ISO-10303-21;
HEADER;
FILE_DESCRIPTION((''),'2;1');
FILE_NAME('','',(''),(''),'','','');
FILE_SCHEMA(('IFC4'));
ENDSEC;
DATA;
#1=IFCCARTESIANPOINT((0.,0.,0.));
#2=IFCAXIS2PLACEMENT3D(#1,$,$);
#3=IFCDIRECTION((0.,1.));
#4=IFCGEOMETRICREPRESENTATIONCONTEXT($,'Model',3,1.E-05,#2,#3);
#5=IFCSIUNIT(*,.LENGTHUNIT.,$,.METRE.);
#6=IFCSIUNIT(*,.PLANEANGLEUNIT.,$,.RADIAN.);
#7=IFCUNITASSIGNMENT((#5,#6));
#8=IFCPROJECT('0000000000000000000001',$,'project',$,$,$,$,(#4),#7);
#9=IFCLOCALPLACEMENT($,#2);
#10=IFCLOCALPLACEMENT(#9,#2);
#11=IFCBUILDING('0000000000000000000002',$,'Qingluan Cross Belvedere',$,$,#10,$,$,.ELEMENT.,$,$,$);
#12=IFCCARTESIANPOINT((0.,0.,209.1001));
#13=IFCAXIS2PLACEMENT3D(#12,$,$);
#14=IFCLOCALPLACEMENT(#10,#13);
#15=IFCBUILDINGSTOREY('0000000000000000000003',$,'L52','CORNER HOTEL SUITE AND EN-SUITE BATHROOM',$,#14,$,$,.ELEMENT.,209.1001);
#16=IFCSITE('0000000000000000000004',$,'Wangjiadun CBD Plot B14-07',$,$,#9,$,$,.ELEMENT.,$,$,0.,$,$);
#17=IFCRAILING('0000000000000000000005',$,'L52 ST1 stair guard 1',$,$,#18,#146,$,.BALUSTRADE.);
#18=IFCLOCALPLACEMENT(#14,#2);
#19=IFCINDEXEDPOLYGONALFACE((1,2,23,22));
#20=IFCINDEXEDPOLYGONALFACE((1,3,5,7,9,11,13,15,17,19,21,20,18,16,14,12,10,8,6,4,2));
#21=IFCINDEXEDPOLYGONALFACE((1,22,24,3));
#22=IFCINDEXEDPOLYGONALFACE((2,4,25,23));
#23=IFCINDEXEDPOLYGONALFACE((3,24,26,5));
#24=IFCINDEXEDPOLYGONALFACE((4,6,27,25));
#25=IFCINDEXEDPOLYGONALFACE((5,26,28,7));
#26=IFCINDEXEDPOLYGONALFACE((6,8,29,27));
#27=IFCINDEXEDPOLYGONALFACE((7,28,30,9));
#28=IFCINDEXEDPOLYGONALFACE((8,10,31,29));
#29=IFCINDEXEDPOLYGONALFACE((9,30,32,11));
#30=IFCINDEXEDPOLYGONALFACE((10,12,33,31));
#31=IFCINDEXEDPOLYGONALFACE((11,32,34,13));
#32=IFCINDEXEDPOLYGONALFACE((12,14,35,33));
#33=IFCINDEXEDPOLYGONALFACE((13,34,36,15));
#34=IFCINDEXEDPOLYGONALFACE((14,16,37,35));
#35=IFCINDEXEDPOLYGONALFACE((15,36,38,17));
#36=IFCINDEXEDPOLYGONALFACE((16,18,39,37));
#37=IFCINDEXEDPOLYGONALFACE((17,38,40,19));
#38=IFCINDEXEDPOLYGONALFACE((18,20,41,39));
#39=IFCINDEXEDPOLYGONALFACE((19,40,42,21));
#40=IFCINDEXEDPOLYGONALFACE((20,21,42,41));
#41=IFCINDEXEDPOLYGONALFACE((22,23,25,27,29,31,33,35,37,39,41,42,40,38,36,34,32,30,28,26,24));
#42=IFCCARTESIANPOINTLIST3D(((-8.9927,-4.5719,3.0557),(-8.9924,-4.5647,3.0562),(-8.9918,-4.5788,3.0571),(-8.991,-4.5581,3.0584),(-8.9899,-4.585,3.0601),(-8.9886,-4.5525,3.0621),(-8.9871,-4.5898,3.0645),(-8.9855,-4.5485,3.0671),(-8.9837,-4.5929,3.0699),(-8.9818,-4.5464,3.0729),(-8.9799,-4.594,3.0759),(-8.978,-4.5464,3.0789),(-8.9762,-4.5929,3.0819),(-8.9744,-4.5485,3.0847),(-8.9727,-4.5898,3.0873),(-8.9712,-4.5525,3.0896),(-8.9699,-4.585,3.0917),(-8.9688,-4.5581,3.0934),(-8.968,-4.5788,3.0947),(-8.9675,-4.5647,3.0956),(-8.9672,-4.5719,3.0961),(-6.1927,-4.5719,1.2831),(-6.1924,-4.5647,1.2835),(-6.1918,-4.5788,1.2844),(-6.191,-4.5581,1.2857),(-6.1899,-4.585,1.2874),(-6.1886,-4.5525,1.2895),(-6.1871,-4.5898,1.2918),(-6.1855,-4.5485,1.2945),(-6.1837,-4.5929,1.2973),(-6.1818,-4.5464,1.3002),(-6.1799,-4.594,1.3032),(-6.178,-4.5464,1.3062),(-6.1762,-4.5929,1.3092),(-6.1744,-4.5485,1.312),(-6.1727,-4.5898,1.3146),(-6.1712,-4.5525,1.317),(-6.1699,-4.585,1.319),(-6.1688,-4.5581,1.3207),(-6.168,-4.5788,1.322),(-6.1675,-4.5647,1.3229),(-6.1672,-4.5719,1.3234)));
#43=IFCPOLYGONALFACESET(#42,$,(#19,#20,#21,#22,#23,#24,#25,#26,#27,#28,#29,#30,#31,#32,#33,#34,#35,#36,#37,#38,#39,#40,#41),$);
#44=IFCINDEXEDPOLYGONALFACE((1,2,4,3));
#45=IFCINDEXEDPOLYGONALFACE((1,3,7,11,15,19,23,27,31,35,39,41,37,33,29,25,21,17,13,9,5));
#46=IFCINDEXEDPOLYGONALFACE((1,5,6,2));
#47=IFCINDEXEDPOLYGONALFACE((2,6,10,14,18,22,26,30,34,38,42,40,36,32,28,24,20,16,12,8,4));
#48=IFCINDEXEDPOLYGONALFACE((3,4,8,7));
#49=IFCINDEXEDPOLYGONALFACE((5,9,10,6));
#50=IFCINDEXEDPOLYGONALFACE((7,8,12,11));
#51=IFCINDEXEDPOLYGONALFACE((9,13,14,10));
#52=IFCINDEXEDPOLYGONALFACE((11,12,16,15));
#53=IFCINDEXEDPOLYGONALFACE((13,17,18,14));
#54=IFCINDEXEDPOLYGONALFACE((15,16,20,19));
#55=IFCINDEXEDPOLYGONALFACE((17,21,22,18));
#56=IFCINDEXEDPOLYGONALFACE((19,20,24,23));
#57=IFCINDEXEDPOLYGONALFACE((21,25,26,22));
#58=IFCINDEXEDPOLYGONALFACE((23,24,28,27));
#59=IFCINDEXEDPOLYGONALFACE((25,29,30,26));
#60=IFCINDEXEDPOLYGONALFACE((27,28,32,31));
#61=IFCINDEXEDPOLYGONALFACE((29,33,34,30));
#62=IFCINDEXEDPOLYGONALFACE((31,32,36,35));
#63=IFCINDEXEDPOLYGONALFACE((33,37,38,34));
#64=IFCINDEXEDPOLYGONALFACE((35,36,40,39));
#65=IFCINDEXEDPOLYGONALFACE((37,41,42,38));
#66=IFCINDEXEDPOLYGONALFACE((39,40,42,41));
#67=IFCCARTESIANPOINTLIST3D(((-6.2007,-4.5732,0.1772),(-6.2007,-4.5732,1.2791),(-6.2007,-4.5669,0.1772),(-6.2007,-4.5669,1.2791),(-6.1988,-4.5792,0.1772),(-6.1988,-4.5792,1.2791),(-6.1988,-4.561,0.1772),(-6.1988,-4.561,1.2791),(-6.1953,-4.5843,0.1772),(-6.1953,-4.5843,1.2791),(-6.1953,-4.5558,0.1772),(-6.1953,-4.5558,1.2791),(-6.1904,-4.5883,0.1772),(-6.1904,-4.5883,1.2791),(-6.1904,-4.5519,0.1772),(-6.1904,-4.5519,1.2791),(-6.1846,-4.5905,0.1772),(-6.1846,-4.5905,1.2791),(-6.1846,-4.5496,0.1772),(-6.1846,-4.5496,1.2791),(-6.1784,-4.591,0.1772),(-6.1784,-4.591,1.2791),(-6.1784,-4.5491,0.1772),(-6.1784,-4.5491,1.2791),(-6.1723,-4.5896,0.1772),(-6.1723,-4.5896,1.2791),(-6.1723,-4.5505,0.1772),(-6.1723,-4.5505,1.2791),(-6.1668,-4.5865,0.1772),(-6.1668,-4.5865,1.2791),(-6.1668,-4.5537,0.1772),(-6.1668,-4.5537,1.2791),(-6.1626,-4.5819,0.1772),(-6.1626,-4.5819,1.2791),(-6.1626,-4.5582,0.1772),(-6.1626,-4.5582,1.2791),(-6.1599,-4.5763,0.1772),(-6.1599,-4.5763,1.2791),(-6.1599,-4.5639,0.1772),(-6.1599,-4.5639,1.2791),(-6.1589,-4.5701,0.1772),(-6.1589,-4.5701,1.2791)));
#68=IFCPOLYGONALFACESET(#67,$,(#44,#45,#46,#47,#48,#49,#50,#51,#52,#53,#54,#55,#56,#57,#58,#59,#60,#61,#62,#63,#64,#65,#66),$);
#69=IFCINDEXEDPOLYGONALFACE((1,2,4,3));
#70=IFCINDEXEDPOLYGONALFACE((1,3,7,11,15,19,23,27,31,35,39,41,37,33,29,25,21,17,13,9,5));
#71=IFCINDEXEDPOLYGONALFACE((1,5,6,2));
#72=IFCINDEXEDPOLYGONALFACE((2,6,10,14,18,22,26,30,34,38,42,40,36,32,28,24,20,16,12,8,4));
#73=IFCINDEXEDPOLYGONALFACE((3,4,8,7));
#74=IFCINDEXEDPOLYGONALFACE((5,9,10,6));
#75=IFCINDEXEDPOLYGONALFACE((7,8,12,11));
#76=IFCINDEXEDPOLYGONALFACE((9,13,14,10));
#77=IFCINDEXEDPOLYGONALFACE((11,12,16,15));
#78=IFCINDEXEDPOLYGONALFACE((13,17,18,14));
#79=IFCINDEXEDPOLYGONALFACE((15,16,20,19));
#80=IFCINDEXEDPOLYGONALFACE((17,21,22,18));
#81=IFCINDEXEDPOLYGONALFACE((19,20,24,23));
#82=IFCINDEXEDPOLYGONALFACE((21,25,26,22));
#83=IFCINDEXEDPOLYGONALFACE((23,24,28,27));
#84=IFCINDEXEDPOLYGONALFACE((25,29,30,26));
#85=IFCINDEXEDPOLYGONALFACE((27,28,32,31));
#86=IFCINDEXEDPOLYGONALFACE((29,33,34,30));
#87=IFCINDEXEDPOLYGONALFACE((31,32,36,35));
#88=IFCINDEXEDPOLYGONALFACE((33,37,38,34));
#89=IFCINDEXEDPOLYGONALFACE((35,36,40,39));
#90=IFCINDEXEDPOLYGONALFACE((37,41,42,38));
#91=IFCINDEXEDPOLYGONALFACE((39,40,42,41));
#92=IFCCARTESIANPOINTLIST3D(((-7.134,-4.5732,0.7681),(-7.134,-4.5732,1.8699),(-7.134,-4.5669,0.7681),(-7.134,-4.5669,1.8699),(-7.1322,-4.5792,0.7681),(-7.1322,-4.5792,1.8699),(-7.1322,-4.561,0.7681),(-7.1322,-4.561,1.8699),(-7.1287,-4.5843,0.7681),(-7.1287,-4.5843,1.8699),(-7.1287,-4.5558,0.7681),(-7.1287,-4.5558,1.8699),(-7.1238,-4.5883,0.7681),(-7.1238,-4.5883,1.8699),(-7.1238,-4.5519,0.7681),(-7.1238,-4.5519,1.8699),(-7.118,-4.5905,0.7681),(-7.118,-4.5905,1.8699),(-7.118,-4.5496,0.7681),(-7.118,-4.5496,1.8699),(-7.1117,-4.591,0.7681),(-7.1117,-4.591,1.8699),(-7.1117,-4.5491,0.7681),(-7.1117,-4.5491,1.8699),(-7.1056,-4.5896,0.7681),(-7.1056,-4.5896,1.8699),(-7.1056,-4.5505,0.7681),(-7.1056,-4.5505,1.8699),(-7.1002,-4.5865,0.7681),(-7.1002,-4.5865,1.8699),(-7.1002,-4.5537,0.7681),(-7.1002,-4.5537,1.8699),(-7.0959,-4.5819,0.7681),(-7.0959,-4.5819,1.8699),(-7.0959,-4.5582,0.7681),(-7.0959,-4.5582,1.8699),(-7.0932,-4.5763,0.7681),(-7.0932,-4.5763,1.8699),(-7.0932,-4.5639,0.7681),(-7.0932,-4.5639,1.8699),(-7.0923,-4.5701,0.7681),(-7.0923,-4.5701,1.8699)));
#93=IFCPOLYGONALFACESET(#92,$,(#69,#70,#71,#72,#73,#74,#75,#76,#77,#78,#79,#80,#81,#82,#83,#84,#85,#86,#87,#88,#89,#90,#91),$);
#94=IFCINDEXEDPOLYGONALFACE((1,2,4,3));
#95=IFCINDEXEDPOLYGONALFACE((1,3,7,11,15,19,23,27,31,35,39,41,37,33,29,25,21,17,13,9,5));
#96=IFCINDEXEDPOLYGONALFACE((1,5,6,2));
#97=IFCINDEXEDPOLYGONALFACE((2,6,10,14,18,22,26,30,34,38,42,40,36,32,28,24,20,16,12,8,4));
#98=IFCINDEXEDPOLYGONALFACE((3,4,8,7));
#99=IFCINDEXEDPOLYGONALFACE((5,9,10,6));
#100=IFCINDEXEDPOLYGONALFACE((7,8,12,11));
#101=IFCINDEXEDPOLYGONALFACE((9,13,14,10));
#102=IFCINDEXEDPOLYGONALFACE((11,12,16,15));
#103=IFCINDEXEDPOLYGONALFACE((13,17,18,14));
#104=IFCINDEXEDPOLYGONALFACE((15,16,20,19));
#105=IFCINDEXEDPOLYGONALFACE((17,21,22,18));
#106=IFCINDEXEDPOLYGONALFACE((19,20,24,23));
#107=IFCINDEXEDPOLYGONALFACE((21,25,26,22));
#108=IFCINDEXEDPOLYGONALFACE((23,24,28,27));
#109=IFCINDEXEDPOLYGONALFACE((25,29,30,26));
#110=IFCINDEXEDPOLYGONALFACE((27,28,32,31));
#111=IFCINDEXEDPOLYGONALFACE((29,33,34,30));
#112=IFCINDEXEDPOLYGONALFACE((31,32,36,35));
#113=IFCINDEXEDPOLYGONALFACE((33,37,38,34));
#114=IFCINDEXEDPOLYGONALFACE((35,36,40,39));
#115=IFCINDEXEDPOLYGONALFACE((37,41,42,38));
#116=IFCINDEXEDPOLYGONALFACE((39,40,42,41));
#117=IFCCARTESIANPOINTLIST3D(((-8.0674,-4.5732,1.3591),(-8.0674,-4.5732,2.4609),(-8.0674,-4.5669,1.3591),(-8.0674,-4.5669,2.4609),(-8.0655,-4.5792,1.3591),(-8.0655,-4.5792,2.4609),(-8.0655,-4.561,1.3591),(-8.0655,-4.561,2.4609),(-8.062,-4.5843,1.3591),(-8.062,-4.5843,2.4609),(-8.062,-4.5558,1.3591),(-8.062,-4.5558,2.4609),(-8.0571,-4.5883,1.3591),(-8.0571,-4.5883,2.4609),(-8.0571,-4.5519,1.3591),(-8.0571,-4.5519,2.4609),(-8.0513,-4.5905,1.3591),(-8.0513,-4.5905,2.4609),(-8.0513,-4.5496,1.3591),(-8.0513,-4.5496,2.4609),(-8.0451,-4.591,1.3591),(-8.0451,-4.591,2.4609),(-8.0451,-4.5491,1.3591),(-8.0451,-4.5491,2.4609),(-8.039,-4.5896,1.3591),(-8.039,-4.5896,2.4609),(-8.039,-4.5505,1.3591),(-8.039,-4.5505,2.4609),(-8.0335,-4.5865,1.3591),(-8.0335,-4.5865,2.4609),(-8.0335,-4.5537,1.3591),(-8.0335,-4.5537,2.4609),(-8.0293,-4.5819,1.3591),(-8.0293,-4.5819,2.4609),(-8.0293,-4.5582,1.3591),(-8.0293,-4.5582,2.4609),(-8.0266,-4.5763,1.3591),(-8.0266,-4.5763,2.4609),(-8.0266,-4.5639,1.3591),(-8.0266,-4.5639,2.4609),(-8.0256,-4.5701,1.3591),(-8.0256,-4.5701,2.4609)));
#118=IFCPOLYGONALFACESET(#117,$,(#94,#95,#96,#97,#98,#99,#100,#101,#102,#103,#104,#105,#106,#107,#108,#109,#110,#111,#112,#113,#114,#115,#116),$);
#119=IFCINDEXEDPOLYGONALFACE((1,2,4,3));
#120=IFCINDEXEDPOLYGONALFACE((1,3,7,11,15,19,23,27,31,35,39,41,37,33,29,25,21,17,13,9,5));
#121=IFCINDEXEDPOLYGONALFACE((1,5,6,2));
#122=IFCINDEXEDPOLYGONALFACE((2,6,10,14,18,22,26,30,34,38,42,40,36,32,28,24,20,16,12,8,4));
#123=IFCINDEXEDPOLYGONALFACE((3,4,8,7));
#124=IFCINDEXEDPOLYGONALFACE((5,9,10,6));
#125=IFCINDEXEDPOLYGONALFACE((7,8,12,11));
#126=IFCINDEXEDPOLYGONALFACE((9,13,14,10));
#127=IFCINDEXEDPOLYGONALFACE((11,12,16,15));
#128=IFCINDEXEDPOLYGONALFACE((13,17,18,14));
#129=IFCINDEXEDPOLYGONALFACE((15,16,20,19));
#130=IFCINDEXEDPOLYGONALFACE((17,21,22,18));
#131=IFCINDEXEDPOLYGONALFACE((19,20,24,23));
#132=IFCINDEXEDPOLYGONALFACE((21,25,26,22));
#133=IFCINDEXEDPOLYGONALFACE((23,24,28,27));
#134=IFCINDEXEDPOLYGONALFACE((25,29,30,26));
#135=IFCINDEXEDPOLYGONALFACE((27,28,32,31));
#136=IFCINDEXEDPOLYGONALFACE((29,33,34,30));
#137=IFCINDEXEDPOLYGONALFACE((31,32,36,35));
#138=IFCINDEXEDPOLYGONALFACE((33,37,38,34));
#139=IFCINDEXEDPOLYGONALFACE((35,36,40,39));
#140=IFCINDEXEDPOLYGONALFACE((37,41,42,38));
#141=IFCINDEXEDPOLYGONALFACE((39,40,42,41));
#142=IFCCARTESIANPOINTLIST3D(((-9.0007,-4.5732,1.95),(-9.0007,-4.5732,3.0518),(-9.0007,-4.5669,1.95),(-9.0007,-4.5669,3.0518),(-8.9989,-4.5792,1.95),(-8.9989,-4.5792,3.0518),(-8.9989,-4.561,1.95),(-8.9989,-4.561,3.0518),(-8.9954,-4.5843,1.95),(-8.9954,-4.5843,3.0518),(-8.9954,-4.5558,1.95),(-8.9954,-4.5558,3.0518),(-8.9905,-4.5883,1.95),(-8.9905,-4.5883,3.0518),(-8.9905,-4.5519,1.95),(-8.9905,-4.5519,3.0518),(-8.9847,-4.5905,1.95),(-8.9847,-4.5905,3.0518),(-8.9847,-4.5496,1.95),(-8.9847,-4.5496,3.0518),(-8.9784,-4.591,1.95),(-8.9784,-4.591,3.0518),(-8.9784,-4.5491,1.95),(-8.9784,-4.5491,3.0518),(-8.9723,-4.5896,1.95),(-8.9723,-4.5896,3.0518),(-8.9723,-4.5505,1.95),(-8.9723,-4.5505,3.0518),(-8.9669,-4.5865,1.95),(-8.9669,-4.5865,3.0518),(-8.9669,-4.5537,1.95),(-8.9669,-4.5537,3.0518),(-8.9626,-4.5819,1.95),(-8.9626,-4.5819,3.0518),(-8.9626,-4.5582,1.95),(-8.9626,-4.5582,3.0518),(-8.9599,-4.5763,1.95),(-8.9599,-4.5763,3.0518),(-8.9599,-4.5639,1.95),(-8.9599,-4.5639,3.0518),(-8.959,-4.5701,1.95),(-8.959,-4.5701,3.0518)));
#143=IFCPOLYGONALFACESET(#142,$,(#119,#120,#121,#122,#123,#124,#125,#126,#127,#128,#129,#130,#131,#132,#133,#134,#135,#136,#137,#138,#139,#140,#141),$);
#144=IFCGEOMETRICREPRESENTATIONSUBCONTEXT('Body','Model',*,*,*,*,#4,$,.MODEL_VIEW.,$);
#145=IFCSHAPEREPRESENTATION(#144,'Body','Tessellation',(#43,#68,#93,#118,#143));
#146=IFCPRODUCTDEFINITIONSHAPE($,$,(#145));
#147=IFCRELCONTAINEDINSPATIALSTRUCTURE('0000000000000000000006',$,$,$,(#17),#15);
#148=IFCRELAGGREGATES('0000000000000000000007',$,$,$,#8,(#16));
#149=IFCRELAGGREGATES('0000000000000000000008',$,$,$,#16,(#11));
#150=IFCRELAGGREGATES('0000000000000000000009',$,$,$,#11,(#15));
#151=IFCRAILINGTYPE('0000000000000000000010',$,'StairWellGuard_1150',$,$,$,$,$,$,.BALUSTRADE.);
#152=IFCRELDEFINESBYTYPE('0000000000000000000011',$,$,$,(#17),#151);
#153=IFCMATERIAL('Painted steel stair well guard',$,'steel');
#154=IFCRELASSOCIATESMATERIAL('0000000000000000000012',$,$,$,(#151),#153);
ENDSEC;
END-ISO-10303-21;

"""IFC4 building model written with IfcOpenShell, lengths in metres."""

from ifc_helpers import new_model, si_unit, direction, frame, origin, origin_2d, place, context, subcontext, project, spatial, circle, extrude, material, type_object, element, save


model = new_model("IFC4")

# Units and contexts
model_context = context("Model", 3, precision=1e-05, world=origin(), true_north=direction((0.0, 1.0)))
body_context = subcontext(model_context, "Body", "Model", "MODEL_VIEW")
ifc_project = project(units=[si_unit("LENGTHUNIT", "METRE"), si_unit("PLANEANGLEUNIT", "RADIAN")], contexts=[model_context])

# Site, building, storey
site_placement = place(None, origin())
site = spatial("IfcSite", under=ifc_project, at=site_placement, Name="Wangjiadun CBD Plot B14-07", CompositionType="ELEMENT", RefElevation=0.0)
building_placement = place(site_placement, origin())
building = spatial("IfcBuilding", under=site, at=building_placement, Name="Qingluan Cross Belvedere", CompositionType="ELEMENT")
storey_placement = place(building_placement, frame((0.0, 0.0, 209.1001)))
storey = spatial("IfcBuildingStorey", under=building, at=storey_placement, Name="L52", Description="CORNER HOTEL SUITE AND EN-SUITE BATHROOM", CompositionType="ELEMENT", Elevation=209.1001)

# Railing
ifc_material_1 = material(Name="Painted steel stair well guard", Category="steel")
railing_type_1 = type_object("IfcRailingType", Name="StairWellGuard_1150", PredefinedType="BALUSTRADE", material=ifc_material_1)
railing_1_placement = place(storey_placement, frame((-6.1799, -4.5701, 0.1772)))
element("IfcRailing", 1, at=railing_1_placement, inside=storey, type_object=railing_type_1, Name="L52 ST1 stair guard 1", PredefinedType="BALUSTRADE", context=body_context, shape_type="SweptSolid", body=[
    extrude(circle(Radius=0.0239, at=origin_2d()), frame((0.0, 0.0, 1.126), z_axis=(-0.844909, 0.0, 0.53491), x_axis=(0.0, -1.0, 0.0)), (0.0, 0.0, 1.0), 3.314),
    extrude(circle(Radius=0.021, at=origin_2d()), origin(), (0.0, 0.0, 1.0), 1.1018),
    extrude(circle(Radius=0.021, at=origin_2d()), frame((-0.9333, 0.0, 0.5908)), (0.0, 0.0, 1.0), 1.1018),
    extrude(circle(Radius=0.021, at=origin_2d()), frame((-1.8667, 0.0, 1.1819)), (0.0, 0.0, 1.0), 1.1018),
    extrude(circle(Radius=0.021, at=origin_2d()), frame((-2.8, 0.0, 1.7727)), (0.0, 0.0, 1.0), 1.1018),
])

save(model, "model.ifc")
